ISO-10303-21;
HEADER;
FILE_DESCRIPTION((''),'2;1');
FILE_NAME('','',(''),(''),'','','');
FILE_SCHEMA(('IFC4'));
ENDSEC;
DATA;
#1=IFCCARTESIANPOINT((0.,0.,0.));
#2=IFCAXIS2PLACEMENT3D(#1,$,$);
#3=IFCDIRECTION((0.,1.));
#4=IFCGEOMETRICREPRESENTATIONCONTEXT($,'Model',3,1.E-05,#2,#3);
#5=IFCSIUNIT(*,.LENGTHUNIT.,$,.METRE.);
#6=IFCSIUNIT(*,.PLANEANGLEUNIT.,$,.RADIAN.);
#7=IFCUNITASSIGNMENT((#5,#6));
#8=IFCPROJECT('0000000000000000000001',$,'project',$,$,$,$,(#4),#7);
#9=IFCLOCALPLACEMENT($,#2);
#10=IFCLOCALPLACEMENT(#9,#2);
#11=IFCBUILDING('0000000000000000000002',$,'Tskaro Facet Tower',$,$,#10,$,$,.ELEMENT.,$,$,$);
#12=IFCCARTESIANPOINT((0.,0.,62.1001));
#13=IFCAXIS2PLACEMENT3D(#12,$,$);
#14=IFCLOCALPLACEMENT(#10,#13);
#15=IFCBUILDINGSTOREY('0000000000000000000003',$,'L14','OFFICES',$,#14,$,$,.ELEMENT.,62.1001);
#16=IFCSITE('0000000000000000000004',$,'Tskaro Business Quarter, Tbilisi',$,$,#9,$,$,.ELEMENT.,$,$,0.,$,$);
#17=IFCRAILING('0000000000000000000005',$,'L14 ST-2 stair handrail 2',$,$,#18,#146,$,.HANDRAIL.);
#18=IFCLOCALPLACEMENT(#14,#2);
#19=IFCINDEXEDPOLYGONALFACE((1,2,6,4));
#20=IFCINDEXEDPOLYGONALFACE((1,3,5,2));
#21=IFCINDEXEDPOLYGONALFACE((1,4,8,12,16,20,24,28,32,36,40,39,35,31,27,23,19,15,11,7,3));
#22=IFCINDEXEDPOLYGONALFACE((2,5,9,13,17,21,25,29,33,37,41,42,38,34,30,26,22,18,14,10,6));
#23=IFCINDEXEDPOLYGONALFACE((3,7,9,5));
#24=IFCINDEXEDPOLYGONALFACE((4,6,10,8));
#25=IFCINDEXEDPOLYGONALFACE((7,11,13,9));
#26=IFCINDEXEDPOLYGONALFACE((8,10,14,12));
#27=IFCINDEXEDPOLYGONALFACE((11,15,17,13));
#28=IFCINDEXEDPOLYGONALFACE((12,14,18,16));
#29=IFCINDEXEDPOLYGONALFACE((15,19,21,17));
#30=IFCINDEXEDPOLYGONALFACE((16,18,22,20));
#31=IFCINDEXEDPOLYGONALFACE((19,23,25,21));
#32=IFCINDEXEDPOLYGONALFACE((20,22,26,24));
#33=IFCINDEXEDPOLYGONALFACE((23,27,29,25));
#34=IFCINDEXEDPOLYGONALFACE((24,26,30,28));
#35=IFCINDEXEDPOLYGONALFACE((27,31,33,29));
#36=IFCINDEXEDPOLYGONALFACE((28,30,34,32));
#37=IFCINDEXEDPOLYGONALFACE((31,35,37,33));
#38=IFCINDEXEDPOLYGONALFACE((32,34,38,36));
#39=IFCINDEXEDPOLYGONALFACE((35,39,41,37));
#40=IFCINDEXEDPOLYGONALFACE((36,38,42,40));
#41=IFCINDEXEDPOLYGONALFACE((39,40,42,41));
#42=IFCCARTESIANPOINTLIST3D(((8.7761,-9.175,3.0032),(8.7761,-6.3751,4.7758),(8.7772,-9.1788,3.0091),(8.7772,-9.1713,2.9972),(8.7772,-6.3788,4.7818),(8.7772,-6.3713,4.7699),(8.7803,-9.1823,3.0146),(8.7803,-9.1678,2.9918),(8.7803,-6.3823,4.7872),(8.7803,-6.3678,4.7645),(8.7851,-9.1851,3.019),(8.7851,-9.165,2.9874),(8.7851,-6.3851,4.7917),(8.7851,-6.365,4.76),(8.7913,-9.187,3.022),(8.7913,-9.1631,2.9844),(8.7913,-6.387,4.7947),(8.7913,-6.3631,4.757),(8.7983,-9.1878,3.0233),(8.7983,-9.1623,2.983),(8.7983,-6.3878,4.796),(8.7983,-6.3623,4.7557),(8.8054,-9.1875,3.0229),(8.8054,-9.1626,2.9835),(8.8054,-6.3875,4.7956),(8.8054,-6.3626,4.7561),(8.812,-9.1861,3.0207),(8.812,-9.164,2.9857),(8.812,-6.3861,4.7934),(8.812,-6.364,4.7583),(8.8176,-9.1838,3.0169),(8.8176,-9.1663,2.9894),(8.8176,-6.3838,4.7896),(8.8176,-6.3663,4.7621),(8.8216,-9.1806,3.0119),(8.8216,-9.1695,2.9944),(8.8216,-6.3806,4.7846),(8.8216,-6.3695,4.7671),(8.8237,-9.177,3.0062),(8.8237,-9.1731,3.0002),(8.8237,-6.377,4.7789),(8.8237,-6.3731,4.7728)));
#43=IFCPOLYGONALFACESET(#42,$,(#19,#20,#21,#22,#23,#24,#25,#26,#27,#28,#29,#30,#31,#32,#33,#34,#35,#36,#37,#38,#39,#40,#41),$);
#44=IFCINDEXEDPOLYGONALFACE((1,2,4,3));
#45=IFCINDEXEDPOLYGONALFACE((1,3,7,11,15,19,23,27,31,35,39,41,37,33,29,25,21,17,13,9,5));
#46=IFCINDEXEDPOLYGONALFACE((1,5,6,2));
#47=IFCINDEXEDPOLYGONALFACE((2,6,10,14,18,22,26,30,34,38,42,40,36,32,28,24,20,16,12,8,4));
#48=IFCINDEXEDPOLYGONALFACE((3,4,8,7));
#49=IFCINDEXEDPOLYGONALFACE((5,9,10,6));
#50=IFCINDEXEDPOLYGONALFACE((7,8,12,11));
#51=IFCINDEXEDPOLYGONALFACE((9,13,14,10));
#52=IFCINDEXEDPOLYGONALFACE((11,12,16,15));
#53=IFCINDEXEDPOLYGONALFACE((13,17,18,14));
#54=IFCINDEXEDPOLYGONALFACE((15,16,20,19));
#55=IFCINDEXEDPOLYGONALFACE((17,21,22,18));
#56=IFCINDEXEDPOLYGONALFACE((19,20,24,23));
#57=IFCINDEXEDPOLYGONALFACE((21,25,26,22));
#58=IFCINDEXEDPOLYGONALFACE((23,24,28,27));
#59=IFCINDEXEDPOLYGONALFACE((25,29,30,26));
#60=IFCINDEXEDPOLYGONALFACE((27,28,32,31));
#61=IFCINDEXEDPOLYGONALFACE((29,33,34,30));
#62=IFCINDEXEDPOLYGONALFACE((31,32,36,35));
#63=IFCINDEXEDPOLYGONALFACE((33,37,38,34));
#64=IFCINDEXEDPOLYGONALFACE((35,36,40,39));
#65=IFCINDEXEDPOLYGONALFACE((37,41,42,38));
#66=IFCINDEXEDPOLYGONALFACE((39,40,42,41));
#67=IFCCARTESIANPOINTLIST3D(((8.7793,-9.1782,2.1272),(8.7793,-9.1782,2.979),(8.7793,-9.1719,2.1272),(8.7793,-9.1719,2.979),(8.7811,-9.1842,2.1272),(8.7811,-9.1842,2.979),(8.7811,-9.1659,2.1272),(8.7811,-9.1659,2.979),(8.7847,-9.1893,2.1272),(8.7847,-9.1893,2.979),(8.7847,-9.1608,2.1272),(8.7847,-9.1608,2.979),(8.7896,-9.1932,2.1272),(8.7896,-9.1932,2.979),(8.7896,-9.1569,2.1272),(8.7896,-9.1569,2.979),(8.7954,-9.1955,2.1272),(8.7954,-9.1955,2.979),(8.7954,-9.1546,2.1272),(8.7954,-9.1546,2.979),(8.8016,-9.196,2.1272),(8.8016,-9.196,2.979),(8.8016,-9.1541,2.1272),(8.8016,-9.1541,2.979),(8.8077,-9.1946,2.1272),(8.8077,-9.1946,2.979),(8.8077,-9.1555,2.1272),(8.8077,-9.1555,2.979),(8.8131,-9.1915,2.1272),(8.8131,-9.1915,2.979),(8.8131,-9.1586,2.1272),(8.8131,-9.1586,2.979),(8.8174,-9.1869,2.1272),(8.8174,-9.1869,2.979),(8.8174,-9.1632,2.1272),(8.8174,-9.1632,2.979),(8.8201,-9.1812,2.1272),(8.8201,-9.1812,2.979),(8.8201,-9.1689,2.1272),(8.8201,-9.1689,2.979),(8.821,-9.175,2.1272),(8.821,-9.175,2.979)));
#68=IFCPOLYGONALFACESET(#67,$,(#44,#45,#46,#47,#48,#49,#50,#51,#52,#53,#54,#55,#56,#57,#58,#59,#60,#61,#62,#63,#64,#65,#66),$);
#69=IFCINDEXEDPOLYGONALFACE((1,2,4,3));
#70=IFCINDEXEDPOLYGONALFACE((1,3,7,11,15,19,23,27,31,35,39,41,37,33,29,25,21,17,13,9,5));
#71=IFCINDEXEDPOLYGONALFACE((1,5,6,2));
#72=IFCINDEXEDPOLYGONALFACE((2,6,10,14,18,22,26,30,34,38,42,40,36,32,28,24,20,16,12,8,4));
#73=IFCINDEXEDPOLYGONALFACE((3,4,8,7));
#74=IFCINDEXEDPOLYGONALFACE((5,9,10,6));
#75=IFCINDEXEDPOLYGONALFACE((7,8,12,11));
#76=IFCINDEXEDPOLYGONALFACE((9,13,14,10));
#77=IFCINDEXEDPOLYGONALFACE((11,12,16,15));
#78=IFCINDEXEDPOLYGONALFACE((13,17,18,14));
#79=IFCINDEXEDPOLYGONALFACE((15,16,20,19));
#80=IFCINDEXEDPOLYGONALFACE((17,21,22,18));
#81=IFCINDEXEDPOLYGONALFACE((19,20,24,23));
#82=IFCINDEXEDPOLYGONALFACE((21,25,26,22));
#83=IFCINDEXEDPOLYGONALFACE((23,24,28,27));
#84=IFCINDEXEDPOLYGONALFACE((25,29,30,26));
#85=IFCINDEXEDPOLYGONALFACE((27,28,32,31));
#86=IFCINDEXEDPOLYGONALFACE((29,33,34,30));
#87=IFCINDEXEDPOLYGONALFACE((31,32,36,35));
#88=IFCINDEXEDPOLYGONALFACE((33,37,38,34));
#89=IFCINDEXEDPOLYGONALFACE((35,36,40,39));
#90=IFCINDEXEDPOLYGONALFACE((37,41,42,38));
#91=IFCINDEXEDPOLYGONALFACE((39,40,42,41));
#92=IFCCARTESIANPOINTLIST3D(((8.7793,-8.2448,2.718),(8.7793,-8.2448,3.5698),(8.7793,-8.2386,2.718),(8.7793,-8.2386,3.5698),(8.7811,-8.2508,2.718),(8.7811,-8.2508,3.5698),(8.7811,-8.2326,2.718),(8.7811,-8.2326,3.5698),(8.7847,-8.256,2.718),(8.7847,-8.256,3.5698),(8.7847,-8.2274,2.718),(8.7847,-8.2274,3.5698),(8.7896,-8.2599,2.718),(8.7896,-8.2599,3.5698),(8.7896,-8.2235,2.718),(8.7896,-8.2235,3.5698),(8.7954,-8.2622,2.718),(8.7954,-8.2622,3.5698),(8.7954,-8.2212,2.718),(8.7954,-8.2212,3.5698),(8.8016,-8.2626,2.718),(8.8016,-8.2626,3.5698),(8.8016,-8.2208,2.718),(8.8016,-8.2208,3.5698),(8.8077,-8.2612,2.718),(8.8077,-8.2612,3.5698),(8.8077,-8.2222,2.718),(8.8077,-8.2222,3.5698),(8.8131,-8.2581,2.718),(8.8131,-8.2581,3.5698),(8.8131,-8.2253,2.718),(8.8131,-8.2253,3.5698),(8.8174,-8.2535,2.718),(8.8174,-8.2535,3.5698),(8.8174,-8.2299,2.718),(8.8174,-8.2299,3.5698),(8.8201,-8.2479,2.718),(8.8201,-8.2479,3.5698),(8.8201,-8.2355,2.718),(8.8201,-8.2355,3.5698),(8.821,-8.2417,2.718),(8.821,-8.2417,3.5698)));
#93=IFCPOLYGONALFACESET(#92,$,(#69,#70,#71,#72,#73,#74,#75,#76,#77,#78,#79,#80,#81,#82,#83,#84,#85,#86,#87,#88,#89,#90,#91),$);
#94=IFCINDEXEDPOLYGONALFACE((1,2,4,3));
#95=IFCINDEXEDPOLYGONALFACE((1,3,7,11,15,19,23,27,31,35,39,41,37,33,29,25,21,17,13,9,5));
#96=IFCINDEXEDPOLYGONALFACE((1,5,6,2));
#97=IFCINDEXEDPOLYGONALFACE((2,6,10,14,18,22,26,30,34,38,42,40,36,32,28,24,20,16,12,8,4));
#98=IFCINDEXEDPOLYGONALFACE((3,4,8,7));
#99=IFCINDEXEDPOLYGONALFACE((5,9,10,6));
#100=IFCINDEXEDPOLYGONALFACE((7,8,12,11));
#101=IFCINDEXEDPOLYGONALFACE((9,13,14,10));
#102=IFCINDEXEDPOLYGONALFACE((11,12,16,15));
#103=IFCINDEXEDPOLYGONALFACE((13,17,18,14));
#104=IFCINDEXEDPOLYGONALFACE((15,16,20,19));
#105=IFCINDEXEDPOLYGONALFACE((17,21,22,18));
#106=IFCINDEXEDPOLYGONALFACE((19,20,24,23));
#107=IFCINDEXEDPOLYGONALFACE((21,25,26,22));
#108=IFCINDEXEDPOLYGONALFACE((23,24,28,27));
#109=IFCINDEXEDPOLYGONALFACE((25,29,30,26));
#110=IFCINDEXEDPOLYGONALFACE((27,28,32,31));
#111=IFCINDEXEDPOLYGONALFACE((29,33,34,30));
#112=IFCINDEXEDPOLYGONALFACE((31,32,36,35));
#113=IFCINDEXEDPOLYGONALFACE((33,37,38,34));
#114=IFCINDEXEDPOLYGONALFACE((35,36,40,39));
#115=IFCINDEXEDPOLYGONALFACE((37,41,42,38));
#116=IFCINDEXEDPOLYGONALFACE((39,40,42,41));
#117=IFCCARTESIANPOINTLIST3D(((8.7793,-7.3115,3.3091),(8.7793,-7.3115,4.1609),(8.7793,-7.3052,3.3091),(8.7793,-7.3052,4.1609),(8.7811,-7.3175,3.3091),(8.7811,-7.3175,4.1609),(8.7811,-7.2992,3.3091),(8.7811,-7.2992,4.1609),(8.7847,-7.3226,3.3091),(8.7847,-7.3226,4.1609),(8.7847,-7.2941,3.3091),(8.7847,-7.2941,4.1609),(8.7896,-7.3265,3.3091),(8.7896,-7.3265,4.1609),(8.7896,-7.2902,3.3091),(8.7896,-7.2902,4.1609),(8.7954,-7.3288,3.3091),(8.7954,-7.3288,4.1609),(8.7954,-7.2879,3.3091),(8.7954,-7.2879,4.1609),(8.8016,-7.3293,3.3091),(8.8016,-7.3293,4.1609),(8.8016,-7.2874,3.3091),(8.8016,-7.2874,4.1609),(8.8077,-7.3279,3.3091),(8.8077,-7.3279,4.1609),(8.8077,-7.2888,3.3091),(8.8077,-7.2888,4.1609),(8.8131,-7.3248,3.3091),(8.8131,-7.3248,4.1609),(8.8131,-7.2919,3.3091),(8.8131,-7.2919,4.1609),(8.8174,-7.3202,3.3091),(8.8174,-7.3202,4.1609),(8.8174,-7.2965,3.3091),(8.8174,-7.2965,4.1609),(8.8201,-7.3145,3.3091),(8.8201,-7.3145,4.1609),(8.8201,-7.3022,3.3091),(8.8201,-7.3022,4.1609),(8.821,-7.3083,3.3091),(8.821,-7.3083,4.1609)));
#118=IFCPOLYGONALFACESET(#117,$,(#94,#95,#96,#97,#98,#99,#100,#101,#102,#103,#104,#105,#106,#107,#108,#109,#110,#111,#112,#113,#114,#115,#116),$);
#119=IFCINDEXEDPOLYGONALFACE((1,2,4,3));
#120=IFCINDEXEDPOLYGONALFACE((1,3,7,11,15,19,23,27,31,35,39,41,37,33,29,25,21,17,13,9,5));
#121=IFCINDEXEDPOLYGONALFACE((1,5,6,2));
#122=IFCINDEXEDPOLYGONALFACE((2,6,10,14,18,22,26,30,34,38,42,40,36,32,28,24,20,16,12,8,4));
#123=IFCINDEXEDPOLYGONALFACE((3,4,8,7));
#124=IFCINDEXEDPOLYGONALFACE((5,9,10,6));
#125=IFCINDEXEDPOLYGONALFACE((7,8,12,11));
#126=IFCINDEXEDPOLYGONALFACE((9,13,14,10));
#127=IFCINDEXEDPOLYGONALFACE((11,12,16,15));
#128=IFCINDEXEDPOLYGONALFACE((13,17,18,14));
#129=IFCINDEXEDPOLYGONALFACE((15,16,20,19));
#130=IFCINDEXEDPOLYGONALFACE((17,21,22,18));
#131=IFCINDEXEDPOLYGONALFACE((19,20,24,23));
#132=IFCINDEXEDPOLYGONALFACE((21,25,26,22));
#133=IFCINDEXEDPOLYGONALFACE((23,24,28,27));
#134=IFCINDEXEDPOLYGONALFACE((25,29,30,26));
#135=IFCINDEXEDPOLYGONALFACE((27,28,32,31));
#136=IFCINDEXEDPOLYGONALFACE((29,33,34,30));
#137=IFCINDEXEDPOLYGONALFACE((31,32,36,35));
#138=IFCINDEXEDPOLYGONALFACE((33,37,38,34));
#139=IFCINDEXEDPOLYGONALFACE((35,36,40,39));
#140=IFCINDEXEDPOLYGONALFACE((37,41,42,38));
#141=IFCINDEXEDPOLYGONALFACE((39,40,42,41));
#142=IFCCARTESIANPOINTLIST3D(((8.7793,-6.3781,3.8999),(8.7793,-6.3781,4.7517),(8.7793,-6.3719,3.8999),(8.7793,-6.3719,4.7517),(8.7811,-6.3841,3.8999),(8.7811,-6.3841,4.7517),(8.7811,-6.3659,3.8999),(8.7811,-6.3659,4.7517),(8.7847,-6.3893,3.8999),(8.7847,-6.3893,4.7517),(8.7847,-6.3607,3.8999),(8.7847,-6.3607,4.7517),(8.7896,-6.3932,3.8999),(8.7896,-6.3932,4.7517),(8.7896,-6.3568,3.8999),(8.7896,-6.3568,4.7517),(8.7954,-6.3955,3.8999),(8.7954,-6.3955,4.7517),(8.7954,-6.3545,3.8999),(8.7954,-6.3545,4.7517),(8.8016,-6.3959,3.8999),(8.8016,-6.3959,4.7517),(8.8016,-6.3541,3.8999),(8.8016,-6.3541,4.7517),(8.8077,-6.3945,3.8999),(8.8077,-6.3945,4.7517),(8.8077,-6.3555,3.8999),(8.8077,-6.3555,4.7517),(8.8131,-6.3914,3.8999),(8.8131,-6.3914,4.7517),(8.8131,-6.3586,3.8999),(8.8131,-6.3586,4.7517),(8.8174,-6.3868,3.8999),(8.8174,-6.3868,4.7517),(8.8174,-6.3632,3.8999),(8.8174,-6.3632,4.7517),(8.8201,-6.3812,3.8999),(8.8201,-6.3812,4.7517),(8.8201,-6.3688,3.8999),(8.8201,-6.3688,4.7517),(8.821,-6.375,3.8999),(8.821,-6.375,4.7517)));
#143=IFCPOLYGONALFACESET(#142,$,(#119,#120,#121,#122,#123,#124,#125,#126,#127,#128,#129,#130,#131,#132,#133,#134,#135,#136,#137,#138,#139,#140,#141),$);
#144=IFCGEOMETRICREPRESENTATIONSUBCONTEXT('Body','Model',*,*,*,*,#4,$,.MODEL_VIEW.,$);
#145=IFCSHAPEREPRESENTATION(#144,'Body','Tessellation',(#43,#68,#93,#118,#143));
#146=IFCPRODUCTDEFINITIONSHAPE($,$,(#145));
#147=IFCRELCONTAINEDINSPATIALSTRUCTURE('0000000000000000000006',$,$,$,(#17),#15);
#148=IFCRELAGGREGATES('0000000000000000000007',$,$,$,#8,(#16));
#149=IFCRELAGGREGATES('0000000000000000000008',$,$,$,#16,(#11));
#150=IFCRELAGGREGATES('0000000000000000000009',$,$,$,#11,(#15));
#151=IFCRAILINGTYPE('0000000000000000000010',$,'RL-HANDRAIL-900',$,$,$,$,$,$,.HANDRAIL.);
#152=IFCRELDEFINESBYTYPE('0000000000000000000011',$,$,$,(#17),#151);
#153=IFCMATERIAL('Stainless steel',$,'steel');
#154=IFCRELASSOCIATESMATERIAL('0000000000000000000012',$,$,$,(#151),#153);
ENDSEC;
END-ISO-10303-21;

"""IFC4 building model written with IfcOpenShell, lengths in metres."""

from ifc_helpers import new_model, si_unit, direction, frame, origin, origin_2d, place, context, subcontext, project, spatial, circle, extrude, material, type_object, element, save


model = new_model("IFC4")

# Units and contexts
model_context = context("Model", 3, precision=1e-05, world=origin(), true_north=direction((0.0, 1.0)))
body_context = subcontext(model_context, "Body", "Model", "MODEL_VIEW")
ifc_project = project(units=[si_unit("LENGTHUNIT", "METRE"), si_unit("PLANEANGLEUNIT", "RADIAN")], contexts=[model_context])

# Site, building, storey
site_placement = place(None, origin())
site = spatial("IfcSite", under=ifc_project, at=site_placement, Name="Tskaro Business Quarter, Tbilisi", CompositionType="ELEMENT", RefElevation=0.0)
building_placement = place(site_placement, origin())
building = spatial("IfcBuilding", under=site, at=building_placement, Name="Tskaro Facet Tower", CompositionType="ELEMENT")
storey_placement = place(building_placement, frame((0.0, 0.0, 62.1001)))
storey = spatial("IfcBuildingStorey", under=building, at=storey_placement, Name="L14", Description="OFFICES", CompositionType="ELEMENT", Elevation=62.1001)

# Shared definitions
ifc_material_1 = material(Name="Stainless steel", Category="steel")

# Railing
railing_type_1 = type_object("IfcRailingType", Name="RL-HANDRAIL-900", PredefinedType="HANDRAIL", material=ifc_material_1)
railing_1_placement = place(storey_placement, frame((8.8, -9.175, 2.1272)))
element("IfcRailing", 1, at=railing_1_placement, inside=storey, type_object=railing_type_1, Name="L14 ST-2 stair handrail 2", PredefinedType="HANDRAIL", context=body_context, shape_type="SweptSolid", body=[
    extrude(circle(Radius=0.0239, at=origin_2d()), frame((0.0, 0.0, 0.876), z_axis=(0.0, 0.844909, 0.53491), x_axis=(-1.0, 0.0, 0.0)), (0.0, 0.0, 1.0), 3.314),
    extrude(circle(Radius=0.021, at=origin_2d()), origin(), (0.0, 0.0, 1.0), 0.8518),
    extrude(circle(Radius=0.021, at=origin_2d()), frame((0.0, 0.9333, 0.5908)), (0.0, 0.0, 1.0), 0.8518),
    extrude(circle(Radius=0.021, at=origin_2d()), frame((0.0, 1.8667, 1.1819)), (0.0, 0.0, 1.0), 0.8518),
    extrude(circle(Radius=0.021, at=origin_2d()), frame((0.0, 2.8, 1.7727)), (0.0, 0.0, 1.0), 0.8518),
])

save(model, "model.ifc")
